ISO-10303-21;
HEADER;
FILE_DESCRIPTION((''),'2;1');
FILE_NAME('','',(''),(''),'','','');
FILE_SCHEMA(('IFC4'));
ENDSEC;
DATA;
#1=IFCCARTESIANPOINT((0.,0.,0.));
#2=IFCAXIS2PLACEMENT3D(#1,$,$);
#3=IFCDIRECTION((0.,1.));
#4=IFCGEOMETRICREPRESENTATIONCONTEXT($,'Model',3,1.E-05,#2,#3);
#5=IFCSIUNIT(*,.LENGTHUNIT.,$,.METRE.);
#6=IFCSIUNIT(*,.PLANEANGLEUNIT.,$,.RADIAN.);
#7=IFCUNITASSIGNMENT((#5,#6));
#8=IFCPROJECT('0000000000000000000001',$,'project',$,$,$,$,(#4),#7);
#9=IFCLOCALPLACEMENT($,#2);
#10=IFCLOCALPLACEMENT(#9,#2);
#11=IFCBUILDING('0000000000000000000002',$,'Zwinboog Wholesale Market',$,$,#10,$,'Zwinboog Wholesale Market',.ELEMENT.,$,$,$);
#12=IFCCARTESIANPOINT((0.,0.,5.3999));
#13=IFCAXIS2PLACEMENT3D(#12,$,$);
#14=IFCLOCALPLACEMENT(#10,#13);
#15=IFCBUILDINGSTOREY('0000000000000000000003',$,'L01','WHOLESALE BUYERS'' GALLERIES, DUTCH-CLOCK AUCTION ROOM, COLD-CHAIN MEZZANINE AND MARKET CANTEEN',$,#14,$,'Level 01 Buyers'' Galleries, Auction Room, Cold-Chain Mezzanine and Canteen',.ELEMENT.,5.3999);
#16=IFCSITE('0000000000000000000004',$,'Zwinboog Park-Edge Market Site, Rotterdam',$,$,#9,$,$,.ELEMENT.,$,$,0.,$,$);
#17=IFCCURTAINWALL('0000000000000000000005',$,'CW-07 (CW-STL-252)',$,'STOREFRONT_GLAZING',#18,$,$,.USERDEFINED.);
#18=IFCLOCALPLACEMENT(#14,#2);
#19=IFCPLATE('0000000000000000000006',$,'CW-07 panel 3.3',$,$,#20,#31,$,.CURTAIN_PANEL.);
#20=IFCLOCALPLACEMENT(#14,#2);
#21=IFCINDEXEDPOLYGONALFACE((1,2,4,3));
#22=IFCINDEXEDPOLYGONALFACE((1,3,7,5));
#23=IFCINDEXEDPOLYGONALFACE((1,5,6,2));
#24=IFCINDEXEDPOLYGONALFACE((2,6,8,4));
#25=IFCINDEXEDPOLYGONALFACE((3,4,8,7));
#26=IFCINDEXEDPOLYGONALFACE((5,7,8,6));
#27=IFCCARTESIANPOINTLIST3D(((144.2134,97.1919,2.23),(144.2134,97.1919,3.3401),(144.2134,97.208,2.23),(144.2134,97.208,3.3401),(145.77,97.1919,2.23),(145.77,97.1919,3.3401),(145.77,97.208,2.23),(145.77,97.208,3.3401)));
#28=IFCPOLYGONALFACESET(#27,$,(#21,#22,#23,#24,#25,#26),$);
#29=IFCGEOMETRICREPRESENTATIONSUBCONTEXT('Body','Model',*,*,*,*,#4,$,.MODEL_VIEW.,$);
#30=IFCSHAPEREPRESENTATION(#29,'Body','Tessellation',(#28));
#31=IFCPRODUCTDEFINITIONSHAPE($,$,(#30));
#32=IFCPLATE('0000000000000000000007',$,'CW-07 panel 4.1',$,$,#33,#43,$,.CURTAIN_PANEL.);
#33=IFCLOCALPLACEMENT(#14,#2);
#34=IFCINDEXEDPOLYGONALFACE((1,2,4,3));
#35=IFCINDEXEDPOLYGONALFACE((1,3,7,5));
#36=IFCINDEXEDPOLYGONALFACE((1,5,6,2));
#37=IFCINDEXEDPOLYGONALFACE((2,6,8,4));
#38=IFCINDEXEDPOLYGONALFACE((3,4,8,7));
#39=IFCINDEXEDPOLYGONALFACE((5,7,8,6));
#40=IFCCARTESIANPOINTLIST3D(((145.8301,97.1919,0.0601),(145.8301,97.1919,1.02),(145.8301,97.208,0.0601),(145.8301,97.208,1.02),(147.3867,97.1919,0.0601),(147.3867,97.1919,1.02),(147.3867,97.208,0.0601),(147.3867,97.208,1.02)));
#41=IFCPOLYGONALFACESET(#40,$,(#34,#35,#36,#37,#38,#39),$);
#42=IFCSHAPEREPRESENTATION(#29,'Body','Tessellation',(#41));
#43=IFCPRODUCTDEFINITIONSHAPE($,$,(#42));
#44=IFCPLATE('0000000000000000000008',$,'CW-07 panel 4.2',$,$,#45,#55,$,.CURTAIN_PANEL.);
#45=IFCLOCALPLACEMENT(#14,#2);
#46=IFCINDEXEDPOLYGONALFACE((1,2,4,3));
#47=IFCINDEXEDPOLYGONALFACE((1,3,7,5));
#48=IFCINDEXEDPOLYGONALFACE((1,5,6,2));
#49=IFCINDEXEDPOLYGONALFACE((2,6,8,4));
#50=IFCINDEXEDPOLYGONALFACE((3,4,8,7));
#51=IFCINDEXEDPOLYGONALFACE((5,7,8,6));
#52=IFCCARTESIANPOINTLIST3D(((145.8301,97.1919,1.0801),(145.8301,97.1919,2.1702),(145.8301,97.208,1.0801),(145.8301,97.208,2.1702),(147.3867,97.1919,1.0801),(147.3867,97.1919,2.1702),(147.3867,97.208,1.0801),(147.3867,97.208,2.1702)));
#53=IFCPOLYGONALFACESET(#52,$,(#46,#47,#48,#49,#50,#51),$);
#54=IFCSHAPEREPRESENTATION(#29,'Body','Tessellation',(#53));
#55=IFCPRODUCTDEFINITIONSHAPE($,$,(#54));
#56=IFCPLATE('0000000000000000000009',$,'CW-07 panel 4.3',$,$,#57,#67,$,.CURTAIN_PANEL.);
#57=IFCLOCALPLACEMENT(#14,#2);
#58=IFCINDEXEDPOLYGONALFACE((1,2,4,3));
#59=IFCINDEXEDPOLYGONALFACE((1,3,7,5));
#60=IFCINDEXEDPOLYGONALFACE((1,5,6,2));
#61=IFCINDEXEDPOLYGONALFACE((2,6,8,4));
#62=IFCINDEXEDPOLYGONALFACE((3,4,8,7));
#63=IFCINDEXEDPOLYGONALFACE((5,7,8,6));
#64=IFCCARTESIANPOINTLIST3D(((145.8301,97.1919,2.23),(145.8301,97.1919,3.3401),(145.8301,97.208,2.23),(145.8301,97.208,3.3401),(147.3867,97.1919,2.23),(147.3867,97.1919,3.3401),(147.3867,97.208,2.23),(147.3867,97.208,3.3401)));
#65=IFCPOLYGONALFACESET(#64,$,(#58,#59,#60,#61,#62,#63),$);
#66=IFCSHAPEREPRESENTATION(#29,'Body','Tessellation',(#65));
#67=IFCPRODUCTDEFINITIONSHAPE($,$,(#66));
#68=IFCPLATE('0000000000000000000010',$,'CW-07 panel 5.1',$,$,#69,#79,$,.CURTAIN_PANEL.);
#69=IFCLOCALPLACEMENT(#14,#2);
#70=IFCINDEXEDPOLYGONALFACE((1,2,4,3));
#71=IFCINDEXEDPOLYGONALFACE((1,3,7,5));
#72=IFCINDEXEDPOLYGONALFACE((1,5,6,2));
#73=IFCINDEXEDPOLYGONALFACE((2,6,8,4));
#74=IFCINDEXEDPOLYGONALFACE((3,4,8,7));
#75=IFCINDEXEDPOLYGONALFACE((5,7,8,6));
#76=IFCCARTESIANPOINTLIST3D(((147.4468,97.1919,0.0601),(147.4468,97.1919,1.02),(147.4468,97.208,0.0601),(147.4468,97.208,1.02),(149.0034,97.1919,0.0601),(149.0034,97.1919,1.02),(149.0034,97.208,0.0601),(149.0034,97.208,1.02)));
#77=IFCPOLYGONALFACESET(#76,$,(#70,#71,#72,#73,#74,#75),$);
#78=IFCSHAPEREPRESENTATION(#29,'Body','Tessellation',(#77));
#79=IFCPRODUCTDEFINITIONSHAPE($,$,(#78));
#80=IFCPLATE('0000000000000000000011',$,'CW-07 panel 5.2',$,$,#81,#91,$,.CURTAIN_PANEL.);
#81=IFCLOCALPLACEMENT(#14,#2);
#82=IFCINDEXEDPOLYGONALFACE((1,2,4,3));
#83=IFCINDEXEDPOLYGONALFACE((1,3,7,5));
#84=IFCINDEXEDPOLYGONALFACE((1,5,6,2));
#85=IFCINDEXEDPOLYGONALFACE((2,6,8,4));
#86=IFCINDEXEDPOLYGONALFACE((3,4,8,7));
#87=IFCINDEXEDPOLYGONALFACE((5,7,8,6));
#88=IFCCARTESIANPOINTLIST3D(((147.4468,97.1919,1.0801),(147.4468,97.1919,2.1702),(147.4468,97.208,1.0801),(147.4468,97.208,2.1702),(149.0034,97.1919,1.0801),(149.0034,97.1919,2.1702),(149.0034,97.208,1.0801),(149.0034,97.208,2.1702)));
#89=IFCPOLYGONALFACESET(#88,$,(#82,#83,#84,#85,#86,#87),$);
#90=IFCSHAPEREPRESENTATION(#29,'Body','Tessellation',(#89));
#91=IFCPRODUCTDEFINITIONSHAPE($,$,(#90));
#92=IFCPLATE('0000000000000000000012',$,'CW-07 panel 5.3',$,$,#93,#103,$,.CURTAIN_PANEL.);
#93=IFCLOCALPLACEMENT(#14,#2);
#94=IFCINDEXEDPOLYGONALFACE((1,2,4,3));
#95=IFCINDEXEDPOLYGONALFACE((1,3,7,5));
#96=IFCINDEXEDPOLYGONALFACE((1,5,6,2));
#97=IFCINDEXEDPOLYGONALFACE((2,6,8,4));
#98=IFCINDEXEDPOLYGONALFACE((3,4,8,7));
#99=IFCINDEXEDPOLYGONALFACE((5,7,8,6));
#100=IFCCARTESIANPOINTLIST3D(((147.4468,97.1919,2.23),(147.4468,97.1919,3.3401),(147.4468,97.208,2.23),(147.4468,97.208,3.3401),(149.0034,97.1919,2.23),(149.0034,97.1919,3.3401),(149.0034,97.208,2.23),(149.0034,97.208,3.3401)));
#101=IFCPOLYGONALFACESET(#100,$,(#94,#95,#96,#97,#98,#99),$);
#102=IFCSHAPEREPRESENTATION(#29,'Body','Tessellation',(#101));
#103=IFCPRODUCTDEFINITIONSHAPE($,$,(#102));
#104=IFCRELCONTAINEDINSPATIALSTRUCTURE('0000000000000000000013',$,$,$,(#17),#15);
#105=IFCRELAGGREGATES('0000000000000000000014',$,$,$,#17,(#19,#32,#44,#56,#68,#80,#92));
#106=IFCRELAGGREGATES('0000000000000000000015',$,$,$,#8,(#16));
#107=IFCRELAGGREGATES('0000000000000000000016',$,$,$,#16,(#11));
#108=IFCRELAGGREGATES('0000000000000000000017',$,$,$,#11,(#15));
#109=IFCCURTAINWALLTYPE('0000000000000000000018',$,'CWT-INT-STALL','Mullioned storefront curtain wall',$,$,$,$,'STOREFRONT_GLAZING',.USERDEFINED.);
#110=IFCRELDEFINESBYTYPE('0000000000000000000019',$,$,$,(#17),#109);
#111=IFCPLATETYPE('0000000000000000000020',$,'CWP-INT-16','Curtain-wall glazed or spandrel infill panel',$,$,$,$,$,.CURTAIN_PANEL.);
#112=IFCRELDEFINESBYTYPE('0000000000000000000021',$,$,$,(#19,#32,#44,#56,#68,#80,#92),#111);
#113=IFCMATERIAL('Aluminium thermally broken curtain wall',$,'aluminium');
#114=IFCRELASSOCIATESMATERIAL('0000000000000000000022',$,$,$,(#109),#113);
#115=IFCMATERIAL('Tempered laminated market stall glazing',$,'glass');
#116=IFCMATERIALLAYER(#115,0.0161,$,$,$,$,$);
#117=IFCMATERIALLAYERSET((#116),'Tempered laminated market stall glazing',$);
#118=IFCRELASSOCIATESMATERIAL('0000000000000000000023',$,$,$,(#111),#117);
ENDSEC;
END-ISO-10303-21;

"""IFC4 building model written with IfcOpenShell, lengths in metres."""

from ifc_helpers import new_model, si_unit, direction, frame, origin, origin_2d, place, context, subcontext, project, spatial, rectangle, extrude, material, layer, layer_set, type_object, element, aggregate, save


model = new_model("IFC4")

# Units and contexts
model_context = context("Model", 3, precision=1e-05, world=origin(), true_north=direction((0.0, 1.0)))
body_context = subcontext(model_context, "Body", "Model", "MODEL_VIEW")
ifc_project = project(units=[si_unit("LENGTHUNIT", "METRE"), si_unit("PLANEANGLEUNIT", "RADIAN")], contexts=[model_context])

# Site, building, storey
site_placement = place(None, origin())
site = spatial("IfcSite", under=ifc_project, at=site_placement, Name="Zwinboog Park-Edge Market Site, Rotterdam", CompositionType="ELEMENT", RefElevation=0.0)
building_placement = place(site_placement, origin())
building = spatial("IfcBuilding", under=site, at=building_placement, Name="Zwinboog Wholesale Market", LongName="Zwinboog Wholesale Market", CompositionType="ELEMENT")
storey_placement = place(building_placement, frame((0.0, 0.0, 5.3999)))
storey = spatial("IfcBuildingStorey", under=building, at=storey_placement, Name="L01", Description="WHOLESALE BUYERS' GALLERIES, DUTCH-CLOCK AUCTION ROOM, COLD-CHAIN MEZZANINE AND MARKET CANTEEN", LongName="Level 01 Buyers' Galleries, Auction Room, Cold-Chain Mezzanine and Canteen", CompositionType="ELEMENT", Elevation=5.3999)

# Curtain wall, plates
ifc_material_1 = material(Name="Aluminium thermally broken curtain wall", Category="aluminium")
curtain_wall_type = type_object("IfcCurtainWallType", Name="CWT-INT-STALL", Description="Mullioned storefront curtain wall", ElementType="STOREFRONT_GLAZING", PredefinedType="USERDEFINED", material=ifc_material_1)
curtain_wall_placement = place(storey_placement, origin())
curtain_wall = element("IfcCurtainWall", 1, at=curtain_wall_placement, inside=storey, type_object=curtain_wall_type, Name="CW-07 (CW-STL-252)", ObjectType="STOREFRONT_GLAZING", PredefinedType="USERDEFINED")
ifc_material_2 = material(Name="Tempered laminated market stall glazing", Category="glass")
ifc_layer = layer(ifc_material_2, 0.0161)
ifc_layer_set = layer_set([ifc_layer], Name="Tempered laminated market stall glazing")
plate_type = type_object("IfcPlateType", Name="CWP-INT-16", Description="Curtain-wall glazed or spandrel infill panel", PredefinedType="CURTAIN_PANEL", material=ifc_layer_set)
plate_1_placement = place(storey_placement, frame((144.9917, 97.2, 2.23), z_axis=(0.0, 0.0, 1.0), x_axis=(1.0, 0.0, 0.0)))
plate_1 = element("IfcPlate", 2, at=plate_1_placement, type_object=plate_type, Name="CW-07 panel 3.3", PredefinedType="CURTAIN_PANEL", context=body_context, shape_type="SweptSolid", body=[
    extrude(rectangle(XDim=1.5566, YDim=0.0161, at=origin_2d()), origin(), (0.0, 0.0, 1.0), 1.1101),
])
plate_2_placement = place(storey_placement, frame((146.6084, 97.2, 0.0601), z_axis=(0.0, 0.0, 1.0), x_axis=(1.0, 0.0, 0.0)))
plate_2 = element("IfcPlate", 3, at=plate_2_placement, type_object=plate_type, Name="CW-07 panel 4.1", PredefinedType="CURTAIN_PANEL", context=body_context, shape_type="SweptSolid", body=[
    extrude(rectangle(XDim=1.5566, YDim=0.0161, at=origin_2d()), origin(), (0.0, 0.0, 1.0), 0.96),
])
plate_3_placement = place(storey_placement, frame((146.6084, 97.2, 1.0801), z_axis=(0.0, 0.0, 1.0), x_axis=(1.0, 0.0, 0.0)))
plate_3 = element("IfcPlate", 4, at=plate_3_placement, type_object=plate_type, Name="CW-07 panel 4.2", PredefinedType="CURTAIN_PANEL", context=body_context, shape_type="SweptSolid", body=[
    extrude(rectangle(XDim=1.5566, YDim=0.0161, at=origin_2d()), origin(), (0.0, 0.0, 1.0), 1.0901),
])
plate_4_placement = place(storey_placement, frame((146.6084, 97.2, 2.23), z_axis=(0.0, 0.0, 1.0), x_axis=(1.0, 0.0, 0.0)))
plate_4 = element("IfcPlate", 5, at=plate_4_placement, type_object=plate_type, Name="CW-07 panel 4.3", PredefinedType="CURTAIN_PANEL", context=body_context, shape_type="SweptSolid", body=[
    extrude(rectangle(XDim=1.5566, YDim=0.0161, at=origin_2d()), origin(), (0.0, 0.0, 1.0), 1.1101),
])
plate_5_placement = place(storey_placement, frame((148.2251, 97.2, 0.0601), z_axis=(0.0, 0.0, 1.0), x_axis=(1.0, 0.0, 0.0)))
plate_5 = element("IfcPlate", 6, at=plate_5_placement, type_object=plate_type, Name="CW-07 panel 5.1", PredefinedType="CURTAIN_PANEL", context=body_context, shape_type="SweptSolid", body=[
    extrude(rectangle(XDim=1.5566, YDim=0.0161, at=origin_2d()), origin(), (0.0, 0.0, 1.0), 0.96),
])
plate_6_placement = place(storey_placement, frame((148.2251, 97.2, 1.0801), z_axis=(0.0, 0.0, 1.0), x_axis=(1.0, 0.0, 0.0)))
plate_6 = element("IfcPlate", 7, at=plate_6_placement, type_object=plate_type, Name="CW-07 panel 5.2", PredefinedType="CURTAIN_PANEL", context=body_context, shape_type="SweptSolid", body=[
    extrude(rectangle(XDim=1.5566, YDim=0.0161, at=origin_2d()), origin(), (0.0, 0.0, 1.0), 1.0901),
])
plate_7_placement = place(storey_placement, frame((148.2251, 97.2, 2.23), z_axis=(0.0, 0.0, 1.0), x_axis=(1.0, 0.0, 0.0)))
plate_7 = element("IfcPlate", 8, at=plate_7_placement, type_object=plate_type, Name="CW-07 panel 5.3", PredefinedType="CURTAIN_PANEL", context=body_context, shape_type="SweptSolid", body=[
    extrude(rectangle(XDim=1.5566, YDim=0.0161, at=origin_2d()), origin(), (0.0, 0.0, 1.0), 1.1101),
])
aggregate(curtain_wall, [plate_1, plate_2, plate_3, plate_4, plate_5, plate_6, plate_7])

save(model, "model.ifc")
